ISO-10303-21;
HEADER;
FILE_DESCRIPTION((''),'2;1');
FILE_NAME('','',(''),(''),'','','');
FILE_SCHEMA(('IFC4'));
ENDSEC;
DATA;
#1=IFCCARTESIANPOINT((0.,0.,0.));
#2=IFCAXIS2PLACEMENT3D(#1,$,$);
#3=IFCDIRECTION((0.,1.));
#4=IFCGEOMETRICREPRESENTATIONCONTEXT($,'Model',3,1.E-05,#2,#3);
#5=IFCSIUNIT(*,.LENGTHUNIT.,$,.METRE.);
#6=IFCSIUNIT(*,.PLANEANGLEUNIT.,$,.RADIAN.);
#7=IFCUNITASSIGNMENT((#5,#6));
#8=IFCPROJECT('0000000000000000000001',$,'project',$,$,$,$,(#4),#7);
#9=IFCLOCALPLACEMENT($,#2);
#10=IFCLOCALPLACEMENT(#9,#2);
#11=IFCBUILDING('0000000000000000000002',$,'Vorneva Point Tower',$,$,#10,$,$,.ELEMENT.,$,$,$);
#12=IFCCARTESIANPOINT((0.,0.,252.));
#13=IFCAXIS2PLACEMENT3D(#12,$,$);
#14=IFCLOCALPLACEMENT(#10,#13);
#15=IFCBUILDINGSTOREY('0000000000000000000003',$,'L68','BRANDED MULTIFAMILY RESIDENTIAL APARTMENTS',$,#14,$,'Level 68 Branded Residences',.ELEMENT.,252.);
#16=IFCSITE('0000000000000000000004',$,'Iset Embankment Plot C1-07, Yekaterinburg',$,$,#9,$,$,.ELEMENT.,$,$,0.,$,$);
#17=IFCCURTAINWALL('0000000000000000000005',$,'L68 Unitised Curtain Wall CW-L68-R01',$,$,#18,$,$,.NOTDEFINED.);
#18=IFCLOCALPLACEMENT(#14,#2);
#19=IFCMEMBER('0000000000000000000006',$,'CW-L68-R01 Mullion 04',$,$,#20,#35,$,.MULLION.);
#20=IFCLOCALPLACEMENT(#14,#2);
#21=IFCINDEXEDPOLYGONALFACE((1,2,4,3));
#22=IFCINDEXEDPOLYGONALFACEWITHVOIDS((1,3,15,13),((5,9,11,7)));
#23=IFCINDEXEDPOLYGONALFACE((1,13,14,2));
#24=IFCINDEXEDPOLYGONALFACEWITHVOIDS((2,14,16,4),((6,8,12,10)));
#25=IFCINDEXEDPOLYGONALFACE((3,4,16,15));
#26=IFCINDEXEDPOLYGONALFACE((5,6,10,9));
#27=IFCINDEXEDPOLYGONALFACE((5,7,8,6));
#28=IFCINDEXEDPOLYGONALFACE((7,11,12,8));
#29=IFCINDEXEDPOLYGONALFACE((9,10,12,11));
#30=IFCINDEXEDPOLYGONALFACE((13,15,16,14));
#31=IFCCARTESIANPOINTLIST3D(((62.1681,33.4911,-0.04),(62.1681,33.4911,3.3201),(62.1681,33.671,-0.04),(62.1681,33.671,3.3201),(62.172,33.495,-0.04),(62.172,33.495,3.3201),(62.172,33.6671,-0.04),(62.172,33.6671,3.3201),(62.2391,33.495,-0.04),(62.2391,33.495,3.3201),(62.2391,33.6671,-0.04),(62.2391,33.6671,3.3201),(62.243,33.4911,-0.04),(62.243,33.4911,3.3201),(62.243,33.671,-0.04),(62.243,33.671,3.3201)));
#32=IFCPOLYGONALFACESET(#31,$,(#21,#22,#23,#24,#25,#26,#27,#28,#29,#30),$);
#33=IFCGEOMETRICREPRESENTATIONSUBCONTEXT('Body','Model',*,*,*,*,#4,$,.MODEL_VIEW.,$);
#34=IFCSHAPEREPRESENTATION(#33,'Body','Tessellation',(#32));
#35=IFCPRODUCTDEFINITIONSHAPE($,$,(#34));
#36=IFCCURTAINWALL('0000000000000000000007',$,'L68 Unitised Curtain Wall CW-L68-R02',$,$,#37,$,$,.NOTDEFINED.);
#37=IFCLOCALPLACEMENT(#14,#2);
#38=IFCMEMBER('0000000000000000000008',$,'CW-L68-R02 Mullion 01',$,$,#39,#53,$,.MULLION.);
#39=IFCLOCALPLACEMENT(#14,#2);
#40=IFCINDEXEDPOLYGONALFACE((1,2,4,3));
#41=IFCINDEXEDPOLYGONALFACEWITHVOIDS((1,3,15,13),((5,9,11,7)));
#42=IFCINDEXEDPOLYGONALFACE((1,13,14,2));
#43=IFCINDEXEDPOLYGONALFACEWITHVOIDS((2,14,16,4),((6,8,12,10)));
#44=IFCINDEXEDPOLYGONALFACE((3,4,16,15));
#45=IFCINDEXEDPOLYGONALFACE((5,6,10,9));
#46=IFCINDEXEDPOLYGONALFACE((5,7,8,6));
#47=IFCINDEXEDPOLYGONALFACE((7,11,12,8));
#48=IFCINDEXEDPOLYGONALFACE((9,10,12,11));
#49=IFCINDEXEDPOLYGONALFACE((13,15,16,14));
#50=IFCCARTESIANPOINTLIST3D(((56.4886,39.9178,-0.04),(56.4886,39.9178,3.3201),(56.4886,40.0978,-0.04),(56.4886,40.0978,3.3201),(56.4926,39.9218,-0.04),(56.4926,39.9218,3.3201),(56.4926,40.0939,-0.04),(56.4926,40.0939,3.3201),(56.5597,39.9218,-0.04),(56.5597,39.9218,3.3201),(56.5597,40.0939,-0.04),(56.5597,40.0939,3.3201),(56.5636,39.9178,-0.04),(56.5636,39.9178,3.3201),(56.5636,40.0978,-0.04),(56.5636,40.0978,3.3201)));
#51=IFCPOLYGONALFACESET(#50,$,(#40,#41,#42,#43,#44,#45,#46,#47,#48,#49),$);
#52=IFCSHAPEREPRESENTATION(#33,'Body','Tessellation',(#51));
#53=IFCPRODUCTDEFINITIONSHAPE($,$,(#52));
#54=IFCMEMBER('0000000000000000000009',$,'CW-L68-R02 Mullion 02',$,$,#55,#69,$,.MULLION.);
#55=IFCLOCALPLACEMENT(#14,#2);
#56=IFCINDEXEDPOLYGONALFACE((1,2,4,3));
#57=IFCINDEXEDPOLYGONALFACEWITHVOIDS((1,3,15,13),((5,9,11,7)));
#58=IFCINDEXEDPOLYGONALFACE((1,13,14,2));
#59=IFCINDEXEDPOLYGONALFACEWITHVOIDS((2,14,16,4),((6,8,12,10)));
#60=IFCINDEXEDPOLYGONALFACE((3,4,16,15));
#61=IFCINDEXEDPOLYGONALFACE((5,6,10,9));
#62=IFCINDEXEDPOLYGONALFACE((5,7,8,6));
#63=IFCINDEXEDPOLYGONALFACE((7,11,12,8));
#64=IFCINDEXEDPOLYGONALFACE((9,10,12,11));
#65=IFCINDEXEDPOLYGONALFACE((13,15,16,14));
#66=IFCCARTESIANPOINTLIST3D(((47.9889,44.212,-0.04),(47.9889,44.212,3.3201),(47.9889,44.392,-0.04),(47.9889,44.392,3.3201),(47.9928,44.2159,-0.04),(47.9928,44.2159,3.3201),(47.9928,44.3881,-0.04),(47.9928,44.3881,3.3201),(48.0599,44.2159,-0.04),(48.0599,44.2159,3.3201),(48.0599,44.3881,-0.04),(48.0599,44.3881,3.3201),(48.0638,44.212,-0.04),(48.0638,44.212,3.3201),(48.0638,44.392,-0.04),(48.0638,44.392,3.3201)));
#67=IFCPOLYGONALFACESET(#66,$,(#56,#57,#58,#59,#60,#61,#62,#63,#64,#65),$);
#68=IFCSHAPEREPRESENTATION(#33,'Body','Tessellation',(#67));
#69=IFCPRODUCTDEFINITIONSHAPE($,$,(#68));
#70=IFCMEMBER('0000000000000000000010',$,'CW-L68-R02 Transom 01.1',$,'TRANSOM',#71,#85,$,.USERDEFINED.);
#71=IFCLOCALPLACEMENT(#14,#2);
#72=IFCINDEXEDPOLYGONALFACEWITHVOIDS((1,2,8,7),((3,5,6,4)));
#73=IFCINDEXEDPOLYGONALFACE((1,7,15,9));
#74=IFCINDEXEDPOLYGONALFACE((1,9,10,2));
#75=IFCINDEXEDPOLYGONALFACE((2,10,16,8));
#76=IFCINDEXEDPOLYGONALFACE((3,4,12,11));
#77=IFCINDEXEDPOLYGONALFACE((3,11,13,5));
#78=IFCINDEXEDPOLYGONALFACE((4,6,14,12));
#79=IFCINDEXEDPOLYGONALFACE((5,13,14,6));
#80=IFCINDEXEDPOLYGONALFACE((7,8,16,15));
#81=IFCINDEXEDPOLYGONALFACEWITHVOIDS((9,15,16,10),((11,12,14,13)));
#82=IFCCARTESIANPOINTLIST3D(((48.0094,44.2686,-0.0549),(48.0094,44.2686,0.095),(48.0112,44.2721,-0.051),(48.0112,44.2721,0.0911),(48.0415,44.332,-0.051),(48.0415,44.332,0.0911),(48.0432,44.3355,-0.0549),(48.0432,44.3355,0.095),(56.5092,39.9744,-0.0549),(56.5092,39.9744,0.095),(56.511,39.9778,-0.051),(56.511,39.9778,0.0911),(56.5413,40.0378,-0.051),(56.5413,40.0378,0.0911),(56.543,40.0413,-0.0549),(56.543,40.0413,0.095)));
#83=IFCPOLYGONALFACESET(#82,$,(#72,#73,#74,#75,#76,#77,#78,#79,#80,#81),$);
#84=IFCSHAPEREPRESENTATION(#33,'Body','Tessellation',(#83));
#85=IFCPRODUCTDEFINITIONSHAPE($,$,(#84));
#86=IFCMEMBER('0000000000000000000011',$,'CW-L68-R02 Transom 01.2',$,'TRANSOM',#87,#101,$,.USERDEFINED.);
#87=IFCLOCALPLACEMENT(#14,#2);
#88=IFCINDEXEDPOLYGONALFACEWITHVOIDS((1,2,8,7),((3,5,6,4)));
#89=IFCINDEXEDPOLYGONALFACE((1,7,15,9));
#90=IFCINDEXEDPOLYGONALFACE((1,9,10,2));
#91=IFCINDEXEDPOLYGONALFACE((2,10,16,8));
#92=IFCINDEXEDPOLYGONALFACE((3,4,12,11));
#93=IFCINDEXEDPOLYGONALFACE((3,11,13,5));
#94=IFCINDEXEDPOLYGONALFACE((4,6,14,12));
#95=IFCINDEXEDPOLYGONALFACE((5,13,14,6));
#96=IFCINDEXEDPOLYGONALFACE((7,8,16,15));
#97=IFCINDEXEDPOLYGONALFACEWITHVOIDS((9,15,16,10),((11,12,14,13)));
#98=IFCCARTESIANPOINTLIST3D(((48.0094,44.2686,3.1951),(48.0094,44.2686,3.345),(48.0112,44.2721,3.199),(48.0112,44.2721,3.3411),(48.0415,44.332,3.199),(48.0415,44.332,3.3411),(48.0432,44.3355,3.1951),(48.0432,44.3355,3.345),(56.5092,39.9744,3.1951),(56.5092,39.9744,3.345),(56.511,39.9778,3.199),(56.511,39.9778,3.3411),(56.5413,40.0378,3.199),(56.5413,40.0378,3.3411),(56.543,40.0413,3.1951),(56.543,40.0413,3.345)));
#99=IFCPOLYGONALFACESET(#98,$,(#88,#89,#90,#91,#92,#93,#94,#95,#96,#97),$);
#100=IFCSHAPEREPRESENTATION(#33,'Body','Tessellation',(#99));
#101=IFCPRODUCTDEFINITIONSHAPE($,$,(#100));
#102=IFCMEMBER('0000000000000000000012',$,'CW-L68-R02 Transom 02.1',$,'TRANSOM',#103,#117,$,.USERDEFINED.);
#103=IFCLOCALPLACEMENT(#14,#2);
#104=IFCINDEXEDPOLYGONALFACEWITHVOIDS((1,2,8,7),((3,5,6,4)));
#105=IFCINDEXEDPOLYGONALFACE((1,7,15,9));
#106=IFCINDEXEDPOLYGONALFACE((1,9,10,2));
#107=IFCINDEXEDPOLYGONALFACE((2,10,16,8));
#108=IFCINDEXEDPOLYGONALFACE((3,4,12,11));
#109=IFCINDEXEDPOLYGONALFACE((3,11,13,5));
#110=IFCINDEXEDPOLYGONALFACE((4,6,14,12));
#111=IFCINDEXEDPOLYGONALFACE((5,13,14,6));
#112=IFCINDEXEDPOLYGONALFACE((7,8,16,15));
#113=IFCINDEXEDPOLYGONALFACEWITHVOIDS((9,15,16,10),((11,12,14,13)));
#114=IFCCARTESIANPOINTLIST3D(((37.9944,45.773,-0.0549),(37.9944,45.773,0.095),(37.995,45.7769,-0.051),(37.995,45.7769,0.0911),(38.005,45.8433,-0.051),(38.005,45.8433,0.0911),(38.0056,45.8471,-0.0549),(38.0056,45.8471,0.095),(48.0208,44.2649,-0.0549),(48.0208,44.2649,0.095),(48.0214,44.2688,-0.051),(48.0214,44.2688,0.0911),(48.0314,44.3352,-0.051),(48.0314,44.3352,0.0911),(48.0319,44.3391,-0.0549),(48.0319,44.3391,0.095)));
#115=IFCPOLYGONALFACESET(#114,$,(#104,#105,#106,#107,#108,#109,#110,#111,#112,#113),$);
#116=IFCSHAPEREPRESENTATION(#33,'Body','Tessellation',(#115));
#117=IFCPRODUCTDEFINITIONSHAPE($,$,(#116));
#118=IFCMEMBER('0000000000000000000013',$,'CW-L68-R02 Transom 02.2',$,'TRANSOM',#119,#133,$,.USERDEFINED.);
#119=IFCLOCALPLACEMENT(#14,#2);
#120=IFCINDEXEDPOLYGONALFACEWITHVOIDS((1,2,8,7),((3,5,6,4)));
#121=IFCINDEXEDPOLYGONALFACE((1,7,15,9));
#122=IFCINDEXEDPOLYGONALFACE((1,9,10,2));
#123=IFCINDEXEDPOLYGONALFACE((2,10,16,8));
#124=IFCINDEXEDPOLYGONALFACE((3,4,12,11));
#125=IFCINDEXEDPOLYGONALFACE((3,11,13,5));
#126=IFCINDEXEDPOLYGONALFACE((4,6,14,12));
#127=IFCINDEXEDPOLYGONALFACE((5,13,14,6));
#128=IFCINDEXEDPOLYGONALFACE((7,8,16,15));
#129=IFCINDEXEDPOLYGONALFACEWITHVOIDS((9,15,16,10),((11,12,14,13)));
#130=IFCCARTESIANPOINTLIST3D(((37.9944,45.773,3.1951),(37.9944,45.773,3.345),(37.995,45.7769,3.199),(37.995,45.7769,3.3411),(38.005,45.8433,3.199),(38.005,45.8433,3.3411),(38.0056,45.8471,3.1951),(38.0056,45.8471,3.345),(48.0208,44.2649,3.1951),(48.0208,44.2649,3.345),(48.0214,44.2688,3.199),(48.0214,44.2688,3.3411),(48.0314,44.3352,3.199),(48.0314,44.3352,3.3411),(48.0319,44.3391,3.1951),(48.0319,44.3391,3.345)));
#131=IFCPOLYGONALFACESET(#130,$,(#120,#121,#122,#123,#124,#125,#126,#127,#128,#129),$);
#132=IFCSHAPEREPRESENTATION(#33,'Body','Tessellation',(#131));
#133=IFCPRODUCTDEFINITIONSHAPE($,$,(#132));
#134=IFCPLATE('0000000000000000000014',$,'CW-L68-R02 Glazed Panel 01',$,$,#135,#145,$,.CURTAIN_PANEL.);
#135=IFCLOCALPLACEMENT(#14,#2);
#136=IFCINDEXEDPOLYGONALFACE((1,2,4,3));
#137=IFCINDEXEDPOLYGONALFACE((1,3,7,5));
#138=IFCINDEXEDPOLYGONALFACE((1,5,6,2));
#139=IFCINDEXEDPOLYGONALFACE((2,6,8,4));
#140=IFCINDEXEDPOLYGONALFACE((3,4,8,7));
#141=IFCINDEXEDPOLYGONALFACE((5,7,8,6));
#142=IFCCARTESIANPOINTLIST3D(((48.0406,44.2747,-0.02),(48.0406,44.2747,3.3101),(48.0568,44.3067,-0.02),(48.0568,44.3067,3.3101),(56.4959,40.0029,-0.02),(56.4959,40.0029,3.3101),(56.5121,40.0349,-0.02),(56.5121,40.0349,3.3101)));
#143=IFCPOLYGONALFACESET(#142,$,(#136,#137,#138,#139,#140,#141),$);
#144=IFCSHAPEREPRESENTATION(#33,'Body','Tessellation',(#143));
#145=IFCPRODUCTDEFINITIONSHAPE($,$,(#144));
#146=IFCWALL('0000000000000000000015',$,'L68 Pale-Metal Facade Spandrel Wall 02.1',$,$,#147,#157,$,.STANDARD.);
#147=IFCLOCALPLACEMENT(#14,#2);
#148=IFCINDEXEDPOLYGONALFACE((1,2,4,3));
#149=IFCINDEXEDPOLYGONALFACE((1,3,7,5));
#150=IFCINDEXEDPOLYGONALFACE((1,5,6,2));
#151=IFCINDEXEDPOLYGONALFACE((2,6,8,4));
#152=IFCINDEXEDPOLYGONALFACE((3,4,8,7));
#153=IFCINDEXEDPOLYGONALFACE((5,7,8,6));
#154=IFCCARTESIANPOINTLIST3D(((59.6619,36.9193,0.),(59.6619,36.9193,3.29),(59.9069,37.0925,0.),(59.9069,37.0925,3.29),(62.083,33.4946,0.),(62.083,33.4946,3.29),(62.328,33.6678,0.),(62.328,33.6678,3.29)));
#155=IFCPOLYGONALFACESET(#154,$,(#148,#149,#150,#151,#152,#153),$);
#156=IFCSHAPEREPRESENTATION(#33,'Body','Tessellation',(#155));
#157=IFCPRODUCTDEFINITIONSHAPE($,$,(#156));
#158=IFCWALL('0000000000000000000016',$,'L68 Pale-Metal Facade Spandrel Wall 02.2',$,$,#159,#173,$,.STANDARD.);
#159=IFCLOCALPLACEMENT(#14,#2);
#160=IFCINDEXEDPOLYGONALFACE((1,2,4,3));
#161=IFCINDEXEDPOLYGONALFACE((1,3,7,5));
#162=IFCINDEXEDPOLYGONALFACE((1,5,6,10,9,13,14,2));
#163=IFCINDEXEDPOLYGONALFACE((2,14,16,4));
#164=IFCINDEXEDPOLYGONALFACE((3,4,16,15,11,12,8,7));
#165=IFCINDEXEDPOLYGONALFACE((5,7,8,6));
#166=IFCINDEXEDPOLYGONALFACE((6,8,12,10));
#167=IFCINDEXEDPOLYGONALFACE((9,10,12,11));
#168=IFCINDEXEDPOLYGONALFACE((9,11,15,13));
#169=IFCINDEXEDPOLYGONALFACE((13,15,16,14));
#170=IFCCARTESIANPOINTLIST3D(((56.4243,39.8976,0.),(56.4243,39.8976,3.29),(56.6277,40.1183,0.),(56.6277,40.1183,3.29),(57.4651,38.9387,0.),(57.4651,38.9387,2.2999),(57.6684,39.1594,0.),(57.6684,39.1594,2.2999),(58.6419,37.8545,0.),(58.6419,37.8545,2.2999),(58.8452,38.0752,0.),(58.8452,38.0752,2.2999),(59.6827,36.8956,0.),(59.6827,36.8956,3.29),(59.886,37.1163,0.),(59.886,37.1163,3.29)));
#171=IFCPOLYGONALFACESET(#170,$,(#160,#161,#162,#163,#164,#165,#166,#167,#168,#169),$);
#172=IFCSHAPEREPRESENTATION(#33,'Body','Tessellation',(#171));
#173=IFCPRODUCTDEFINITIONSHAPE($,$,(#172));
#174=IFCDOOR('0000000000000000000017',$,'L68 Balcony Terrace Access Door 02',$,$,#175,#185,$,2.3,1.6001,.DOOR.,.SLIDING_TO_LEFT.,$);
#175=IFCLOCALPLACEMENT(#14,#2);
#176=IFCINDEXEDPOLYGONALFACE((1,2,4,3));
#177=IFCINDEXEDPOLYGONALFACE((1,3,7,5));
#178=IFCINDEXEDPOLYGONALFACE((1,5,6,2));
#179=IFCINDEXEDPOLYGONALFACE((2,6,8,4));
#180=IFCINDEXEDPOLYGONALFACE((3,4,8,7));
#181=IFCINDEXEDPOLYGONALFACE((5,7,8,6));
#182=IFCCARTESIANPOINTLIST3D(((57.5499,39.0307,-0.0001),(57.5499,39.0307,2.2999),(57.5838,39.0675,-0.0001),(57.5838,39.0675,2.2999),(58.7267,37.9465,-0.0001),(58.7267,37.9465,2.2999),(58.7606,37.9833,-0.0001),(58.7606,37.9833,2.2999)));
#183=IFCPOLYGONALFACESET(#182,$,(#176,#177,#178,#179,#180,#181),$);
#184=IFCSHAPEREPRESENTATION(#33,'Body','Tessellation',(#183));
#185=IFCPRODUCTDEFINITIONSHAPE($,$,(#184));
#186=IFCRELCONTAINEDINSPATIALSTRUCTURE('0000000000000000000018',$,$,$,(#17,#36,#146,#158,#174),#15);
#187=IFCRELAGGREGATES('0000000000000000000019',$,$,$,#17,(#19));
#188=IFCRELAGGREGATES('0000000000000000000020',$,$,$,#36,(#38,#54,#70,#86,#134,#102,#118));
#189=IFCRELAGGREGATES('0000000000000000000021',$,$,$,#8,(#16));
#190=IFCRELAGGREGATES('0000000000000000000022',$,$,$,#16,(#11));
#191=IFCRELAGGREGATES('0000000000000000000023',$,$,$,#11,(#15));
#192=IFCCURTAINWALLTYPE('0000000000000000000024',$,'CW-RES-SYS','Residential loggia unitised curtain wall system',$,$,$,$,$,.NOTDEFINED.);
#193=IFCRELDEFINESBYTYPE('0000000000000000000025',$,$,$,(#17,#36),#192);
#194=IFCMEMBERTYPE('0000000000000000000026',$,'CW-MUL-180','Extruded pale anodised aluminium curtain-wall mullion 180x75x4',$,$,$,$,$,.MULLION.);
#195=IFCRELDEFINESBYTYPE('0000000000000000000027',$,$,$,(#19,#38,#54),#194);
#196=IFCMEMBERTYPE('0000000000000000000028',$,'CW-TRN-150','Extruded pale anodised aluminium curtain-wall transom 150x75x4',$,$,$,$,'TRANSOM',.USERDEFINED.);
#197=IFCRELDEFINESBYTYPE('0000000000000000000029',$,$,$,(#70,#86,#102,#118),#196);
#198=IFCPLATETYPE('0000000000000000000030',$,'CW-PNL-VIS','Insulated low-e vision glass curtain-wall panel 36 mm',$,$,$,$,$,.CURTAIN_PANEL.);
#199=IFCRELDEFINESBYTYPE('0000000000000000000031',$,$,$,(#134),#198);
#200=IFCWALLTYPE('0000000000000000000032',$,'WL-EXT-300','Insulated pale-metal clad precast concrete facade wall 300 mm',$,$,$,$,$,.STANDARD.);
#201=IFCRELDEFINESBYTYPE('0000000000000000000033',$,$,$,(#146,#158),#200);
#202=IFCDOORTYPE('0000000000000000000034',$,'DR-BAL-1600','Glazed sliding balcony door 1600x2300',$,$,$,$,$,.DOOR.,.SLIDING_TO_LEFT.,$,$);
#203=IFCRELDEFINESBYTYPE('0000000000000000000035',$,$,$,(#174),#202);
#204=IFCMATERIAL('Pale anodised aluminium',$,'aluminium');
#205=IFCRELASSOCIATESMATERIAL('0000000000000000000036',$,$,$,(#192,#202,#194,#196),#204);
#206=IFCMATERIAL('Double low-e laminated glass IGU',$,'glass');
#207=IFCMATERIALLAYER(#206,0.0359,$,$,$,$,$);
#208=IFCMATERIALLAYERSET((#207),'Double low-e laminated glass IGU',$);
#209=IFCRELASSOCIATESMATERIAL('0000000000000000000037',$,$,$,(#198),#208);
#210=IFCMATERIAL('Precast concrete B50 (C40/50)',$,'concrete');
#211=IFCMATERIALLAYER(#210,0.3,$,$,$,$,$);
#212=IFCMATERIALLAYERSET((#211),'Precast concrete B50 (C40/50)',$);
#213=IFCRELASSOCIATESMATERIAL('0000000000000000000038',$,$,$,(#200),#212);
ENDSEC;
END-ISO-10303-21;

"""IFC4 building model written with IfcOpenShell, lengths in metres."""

from ifc_helpers import new_model, si_unit, direction, frame, frame_2d, origin, origin_2d, place, context, subcontext, project, spatial, rectangle, hollow_rectangle, extrude, material, layer, layer_set, material_profile, profile_set, type_object, element, fill, aggregate, save


model = new_model("IFC4")

# Units and contexts
model_context = context("Model", 3, precision=1e-05, world=origin(), true_north=direction((0.0, 1.0)))
body_context = subcontext(model_context, "Body", "Model", "MODEL_VIEW")
ifc_project = project(units=[si_unit("LENGTHUNIT", "METRE"), si_unit("PLANEANGLEUNIT", "RADIAN")], contexts=[model_context])

# Site, building, storey
site_placement = place(None, origin())
site = spatial("IfcSite", under=ifc_project, at=site_placement, Name="Iset Embankment Plot C1-07, Yekaterinburg", CompositionType="ELEMENT", RefElevation=0.0)
building_placement = place(site_placement, origin())
building = spatial("IfcBuilding", under=site, at=building_placement, Name="Vorneva Point Tower", CompositionType="ELEMENT")
storey_placement = place(building_placement, frame((0.0, 0.0, 252.0)))
storey = spatial("IfcBuildingStorey", under=building, at=storey_placement, Name="L68", Description="BRANDED MULTIFAMILY RESIDENTIAL APARTMENTS", LongName="Level 68 Branded Residences", CompositionType="ELEMENT", Elevation=252.0)

# Curtain wall, member
ifc_material_1 = material(Name="Pale anodised aluminium", Category="aluminium")
curtain_wall_type = type_object("IfcCurtainWallType", Name="CW-RES-SYS", Description="Residential loggia unitised curtain wall system", PredefinedType="NOTDEFINED", material=ifc_material_1)
curtain_wall_1_placement = place(storey_placement, origin())
curtain_wall_1 = element("IfcCurtainWall", 1, at=curtain_wall_1_placement, inside=storey, type_object=curtain_wall_type, Name="L68 Unitised Curtain Wall CW-L68-R01", PredefinedType="NOTDEFINED")
ifc_material_profile_1 = material_profile(ifc_material_1, hollow_rectangle(XDim=0.075, YDim=0.1799, WallThickness=0.0039, at=origin_2d()), Name="AL-MUL 180x75x4")
ifc_profile_set_1 = profile_set([ifc_material_profile_1], Name="Pale anodised aluminium")
member_type_1 = type_object("IfcMemberType", Name="CW-MUL-180", Description="Extruded pale anodised aluminium curtain-wall mullion 180x75x4", PredefinedType="MULLION", material=ifc_profile_set_1)
member_1_placement = place(storey_placement, frame((62.2056, 33.5811, -0.04), z_axis=(0.0, 0.0, 1.0), x_axis=(1.0, 0.0, 0.0)))
member_1 = element("IfcMember", 2, at=member_1_placement, type_object=member_type_1, Name="CW-L68-R01 Mullion 04", PredefinedType="MULLION", context=body_context, shape_type="SweptSolid", body=[
    extrude(hollow_rectangle(XDim=0.075, YDim=0.1799, WallThickness=0.0039, at=origin_2d()), origin(), (0.0, 0.0, 1.0), 3.3601),
])
aggregate(curtain_wall_1, [member_1])

# Curtain wall, members, plate
curtain_wall_2_placement = place(storey_placement, origin())
curtain_wall_2 = element("IfcCurtainWall", 3, at=curtain_wall_2_placement, inside=storey, type_object=curtain_wall_type, Name="L68 Unitised Curtain Wall CW-L68-R02", PredefinedType="NOTDEFINED")
member_2_placement = place(storey_placement, frame((56.5261, 40.0078, -0.04), z_axis=(0.0, 0.0, 1.0), x_axis=(1.0, 0.0, 0.0)))
member_2 = element("IfcMember", 4, at=member_2_placement, type_object=member_type_1, Name="CW-L68-R02 Mullion 01", PredefinedType="MULLION", context=body_context, shape_type="SweptSolid", body=[
    extrude(hollow_rectangle(XDim=0.075, YDim=0.1799, WallThickness=0.0039, at=origin_2d()), origin(), (0.0, 0.0, 1.0), 3.3601),
])
member_3_placement = place(storey_placement, frame((48.0264, 44.302, -0.04), z_axis=(0.0, 0.0, 1.0), x_axis=(1.0, 0.0, 0.0)))
member_3 = element("IfcMember", 5, at=member_3_placement, type_object=member_type_1, Name="CW-L68-R02 Mullion 02", PredefinedType="MULLION", context=body_context, shape_type="SweptSolid", body=[
    extrude(hollow_rectangle(XDim=0.075, YDim=0.1799, WallThickness=0.0039, at=origin_2d()), origin(), (0.0, 0.0, 1.0), 3.3601),
])
ifc_material_profile_2 = material_profile(ifc_material_1, hollow_rectangle(XDim=0.075, YDim=0.1499, WallThickness=0.0039, at=origin_2d()), Name="AL-TRN 150x75x4")
ifc_profile_set_2 = profile_set([ifc_material_profile_2], Name="Pale anodised aluminium")
member_type_2 = type_object("IfcMemberType", Name="CW-TRN-150", Description="Extruded pale anodised aluminium curtain-wall transom 150x75x4", ElementType="TRANSOM", PredefinedType="USERDEFINED", material=ifc_profile_set_2)
member_4_placement = place(storey_placement, frame((56.5261, 40.0078, 0.02), z_axis=(-0.892558, 0.450932, 0.0), x_axis=(-0.450932, -0.892558, 0.0)))
member_4 = element("IfcMember", 6, at=member_4_placement, type_object=member_type_2, Name="CW-L68-R02 Transom 01.1", ObjectType="TRANSOM", PredefinedType="USERDEFINED", context=body_context, shape_type="SweptSolid", body=[
    extrude(hollow_rectangle(XDim=0.075, YDim=0.1499, WallThickness=0.0039, at=origin_2d()), origin(), (0.0, 0.0, 1.0), 9.5229),
])
member_5_placement = place(storey_placement, frame((56.5261, 40.0078, 3.27), z_axis=(-0.892558, 0.450932, 0.0), x_axis=(-0.450932, -0.892558, 0.0)))
member_5 = element("IfcMember", 7, at=member_5_placement, type_object=member_type_2, Name="CW-L68-R02 Transom 01.2", ObjectType="TRANSOM", PredefinedType="USERDEFINED", context=body_context, shape_type="SweptSolid", body=[
    extrude(hollow_rectangle(XDim=0.075, YDim=0.1499, WallThickness=0.0039, at=origin_2d()), origin(), (0.0, 0.0, 1.0), 9.5229),
])
member_6_placement = place(storey_placement, frame((48.0264, 44.302, 0.02), z_axis=(-0.988877, 0.148736, 0.0), x_axis=(-0.148736, -0.988877, 0.0)))
member_6 = element("IfcMember", 8, at=member_6_placement, type_object=member_type_2, Name="CW-L68-R02 Transom 02.1", ObjectType="TRANSOM", PredefinedType="USERDEFINED", context=body_context, shape_type="SweptSolid", body=[
    extrude(hollow_rectangle(XDim=0.075, YDim=0.1499, WallThickness=0.0039, at=origin_2d()), origin(), (0.0, 0.0, 1.0), 10.1392),
])
member_7_placement = place(storey_placement, frame((48.0264, 44.302, 3.27), z_axis=(-0.988877, 0.148736, 0.0), x_axis=(-0.148736, -0.988877, 0.0)))
member_7 = element("IfcMember", 9, at=member_7_placement, type_object=member_type_2, Name="CW-L68-R02 Transom 02.2", ObjectType="TRANSOM", PredefinedType="USERDEFINED", context=body_context, shape_type="SweptSolid", body=[
    extrude(hollow_rectangle(XDim=0.075, YDim=0.1499, WallThickness=0.0039, at=origin_2d()), origin(), (0.0, 0.0, 1.0), 10.1392),
])
ifc_material_2 = material(Name="Double low-e laminated glass IGU", Category="glass")
ifc_layer_1 = layer(ifc_material_2, 0.0359)
ifc_layer_set_1 = layer_set([ifc_layer_1], Name="Double low-e laminated glass IGU")
plate_type = type_object("IfcPlateType", Name="CW-PNL-VIS", Description="Insulated low-e vision glass curtain-wall panel 36 mm", PredefinedType="CURTAIN_PANEL", material=ifc_layer_set_1)
plate_placement = place(storey_placement, frame((52.2764, 42.1548, -0.02), z_axis=(0.0, 0.0, 1.0), x_axis=(-0.892554, 0.45094, 0.0)))
plate = element("IfcPlate", 10, at=plate_placement, type_object=plate_type, Name="CW-L68-R02 Glazed Panel 01", PredefinedType="CURTAIN_PANEL", context=body_context, shape_type="SweptSolid", body=[
    extrude(rectangle(XDim=9.4731, YDim=0.0359, at=origin_2d()), origin(), (0.0, 0.0, 1.0), 3.3301),
])
aggregate(curtain_wall_2, [member_2, member_3, member_4, member_5, plate, member_6, member_7])

# Wall
ifc_material_3 = material(Name="Precast concrete B50 (C40/50)", Category="concrete")
ifc_layer_2 = layer(ifc_material_3, 0.3)
ifc_layer_set_2 = layer_set([ifc_layer_2], Name="Precast concrete B50 (C40/50)")
wall_type_1 = type_object("IfcWallType", Name="WL-EXT-300", Description="Insulated pale-metal clad precast concrete facade wall 300 mm", PredefinedType="STANDARD", material=ifc_layer_set_2)
wall_1_placement = place(storey_placement, frame((62.2056, 33.5811, 0.0), z_axis=(0.0, 0.0, 1.0), x_axis=(-0.577261, 0.81656, 0.0)))
element("IfcWall", 11, at=wall_1_placement, inside=storey, type_object=wall_type_1, Name="L68 Pale-Metal Facade Spandrel Wall 02.1", PredefinedType="STANDARD", context=body_context, shape_type="SweptSolid", body=[
    extrude(rectangle(XDim=4.1941, YDim=0.3, at=frame_2d((2.0972, 0.0))), origin(), (0.0, 0.0, 1.0), 3.29),
])

# Wall, opening, door
wall_2_placement = place(storey_placement, frame((59.7844, 37.0059, 0.0), z_axis=(0.0, 0.0, 1.0), x_axis=(-0.735445, 0.677584, 0.0)))
wall_2 = element("IfcWall", 12, at=wall_2_placement, inside=storey, type_object=wall_type_1, Name="L68 Pale-Metal Facade Spandrel Wall 02.2", PredefinedType="STANDARD", context=body_context, shape_type="SweptSolid", body=[
    extrude(rectangle(XDim=4.4304, YDim=0.3, at=frame_2d((2.2153, 0.0))), origin(), (0.0, 0.0, 1.0), 3.29),
])
opening_1_placement = place(wall_2_placement, frame((1.4153, 0.0, 0.0)))
opening_1 = element("IfcOpeningElement", 13, at=opening_1_placement, cuts=wall_2, PredefinedType="OPENING", context=body_context, shape_type="SweptSolid", body=[
    extrude(rectangle(XDim=1.6001, YDim=2.3, at=frame_2d((0.8, 1.1499))), frame((0.0, 0.165, 0.0), z_axis=(0.0, -1.0, 0.0), x_axis=(1.0, 0.0, 0.0)), (0.0, 0.0, 1.0), 0.3298),
])
door_type_1 = type_object("IfcDoorType", Name="DR-BAL-1600", Description="Glazed sliding balcony door 1600x2300", OperationType="SLIDING_TO_LEFT", PredefinedType="DOOR", material=ifc_material_1)
door_1_placement = place(opening_1_placement, origin())
door_1 = element("IfcDoor", 14, at=door_1_placement, inside=storey, type_object=door_type_1, Name="L68 Balcony Terrace Access Door 02", OperationType="SLIDING_TO_LEFT", OverallHeight=2.3, OverallWidth=1.6001, PredefinedType="DOOR", context=body_context, shape_type="SweptSolid", body=[
    extrude(rectangle(XDim=1.6001, YDim=2.3, at=frame_2d((0.8, 1.1499))), frame((0.0, 0.0249, 0.0), z_axis=(0.0, -1.0, 0.0), x_axis=(1.0, 0.0, 0.0)), (0.0, 0.0, 1.0), 0.05),
])
fill(opening_1, door_1)

save(model, "model.ifc")
